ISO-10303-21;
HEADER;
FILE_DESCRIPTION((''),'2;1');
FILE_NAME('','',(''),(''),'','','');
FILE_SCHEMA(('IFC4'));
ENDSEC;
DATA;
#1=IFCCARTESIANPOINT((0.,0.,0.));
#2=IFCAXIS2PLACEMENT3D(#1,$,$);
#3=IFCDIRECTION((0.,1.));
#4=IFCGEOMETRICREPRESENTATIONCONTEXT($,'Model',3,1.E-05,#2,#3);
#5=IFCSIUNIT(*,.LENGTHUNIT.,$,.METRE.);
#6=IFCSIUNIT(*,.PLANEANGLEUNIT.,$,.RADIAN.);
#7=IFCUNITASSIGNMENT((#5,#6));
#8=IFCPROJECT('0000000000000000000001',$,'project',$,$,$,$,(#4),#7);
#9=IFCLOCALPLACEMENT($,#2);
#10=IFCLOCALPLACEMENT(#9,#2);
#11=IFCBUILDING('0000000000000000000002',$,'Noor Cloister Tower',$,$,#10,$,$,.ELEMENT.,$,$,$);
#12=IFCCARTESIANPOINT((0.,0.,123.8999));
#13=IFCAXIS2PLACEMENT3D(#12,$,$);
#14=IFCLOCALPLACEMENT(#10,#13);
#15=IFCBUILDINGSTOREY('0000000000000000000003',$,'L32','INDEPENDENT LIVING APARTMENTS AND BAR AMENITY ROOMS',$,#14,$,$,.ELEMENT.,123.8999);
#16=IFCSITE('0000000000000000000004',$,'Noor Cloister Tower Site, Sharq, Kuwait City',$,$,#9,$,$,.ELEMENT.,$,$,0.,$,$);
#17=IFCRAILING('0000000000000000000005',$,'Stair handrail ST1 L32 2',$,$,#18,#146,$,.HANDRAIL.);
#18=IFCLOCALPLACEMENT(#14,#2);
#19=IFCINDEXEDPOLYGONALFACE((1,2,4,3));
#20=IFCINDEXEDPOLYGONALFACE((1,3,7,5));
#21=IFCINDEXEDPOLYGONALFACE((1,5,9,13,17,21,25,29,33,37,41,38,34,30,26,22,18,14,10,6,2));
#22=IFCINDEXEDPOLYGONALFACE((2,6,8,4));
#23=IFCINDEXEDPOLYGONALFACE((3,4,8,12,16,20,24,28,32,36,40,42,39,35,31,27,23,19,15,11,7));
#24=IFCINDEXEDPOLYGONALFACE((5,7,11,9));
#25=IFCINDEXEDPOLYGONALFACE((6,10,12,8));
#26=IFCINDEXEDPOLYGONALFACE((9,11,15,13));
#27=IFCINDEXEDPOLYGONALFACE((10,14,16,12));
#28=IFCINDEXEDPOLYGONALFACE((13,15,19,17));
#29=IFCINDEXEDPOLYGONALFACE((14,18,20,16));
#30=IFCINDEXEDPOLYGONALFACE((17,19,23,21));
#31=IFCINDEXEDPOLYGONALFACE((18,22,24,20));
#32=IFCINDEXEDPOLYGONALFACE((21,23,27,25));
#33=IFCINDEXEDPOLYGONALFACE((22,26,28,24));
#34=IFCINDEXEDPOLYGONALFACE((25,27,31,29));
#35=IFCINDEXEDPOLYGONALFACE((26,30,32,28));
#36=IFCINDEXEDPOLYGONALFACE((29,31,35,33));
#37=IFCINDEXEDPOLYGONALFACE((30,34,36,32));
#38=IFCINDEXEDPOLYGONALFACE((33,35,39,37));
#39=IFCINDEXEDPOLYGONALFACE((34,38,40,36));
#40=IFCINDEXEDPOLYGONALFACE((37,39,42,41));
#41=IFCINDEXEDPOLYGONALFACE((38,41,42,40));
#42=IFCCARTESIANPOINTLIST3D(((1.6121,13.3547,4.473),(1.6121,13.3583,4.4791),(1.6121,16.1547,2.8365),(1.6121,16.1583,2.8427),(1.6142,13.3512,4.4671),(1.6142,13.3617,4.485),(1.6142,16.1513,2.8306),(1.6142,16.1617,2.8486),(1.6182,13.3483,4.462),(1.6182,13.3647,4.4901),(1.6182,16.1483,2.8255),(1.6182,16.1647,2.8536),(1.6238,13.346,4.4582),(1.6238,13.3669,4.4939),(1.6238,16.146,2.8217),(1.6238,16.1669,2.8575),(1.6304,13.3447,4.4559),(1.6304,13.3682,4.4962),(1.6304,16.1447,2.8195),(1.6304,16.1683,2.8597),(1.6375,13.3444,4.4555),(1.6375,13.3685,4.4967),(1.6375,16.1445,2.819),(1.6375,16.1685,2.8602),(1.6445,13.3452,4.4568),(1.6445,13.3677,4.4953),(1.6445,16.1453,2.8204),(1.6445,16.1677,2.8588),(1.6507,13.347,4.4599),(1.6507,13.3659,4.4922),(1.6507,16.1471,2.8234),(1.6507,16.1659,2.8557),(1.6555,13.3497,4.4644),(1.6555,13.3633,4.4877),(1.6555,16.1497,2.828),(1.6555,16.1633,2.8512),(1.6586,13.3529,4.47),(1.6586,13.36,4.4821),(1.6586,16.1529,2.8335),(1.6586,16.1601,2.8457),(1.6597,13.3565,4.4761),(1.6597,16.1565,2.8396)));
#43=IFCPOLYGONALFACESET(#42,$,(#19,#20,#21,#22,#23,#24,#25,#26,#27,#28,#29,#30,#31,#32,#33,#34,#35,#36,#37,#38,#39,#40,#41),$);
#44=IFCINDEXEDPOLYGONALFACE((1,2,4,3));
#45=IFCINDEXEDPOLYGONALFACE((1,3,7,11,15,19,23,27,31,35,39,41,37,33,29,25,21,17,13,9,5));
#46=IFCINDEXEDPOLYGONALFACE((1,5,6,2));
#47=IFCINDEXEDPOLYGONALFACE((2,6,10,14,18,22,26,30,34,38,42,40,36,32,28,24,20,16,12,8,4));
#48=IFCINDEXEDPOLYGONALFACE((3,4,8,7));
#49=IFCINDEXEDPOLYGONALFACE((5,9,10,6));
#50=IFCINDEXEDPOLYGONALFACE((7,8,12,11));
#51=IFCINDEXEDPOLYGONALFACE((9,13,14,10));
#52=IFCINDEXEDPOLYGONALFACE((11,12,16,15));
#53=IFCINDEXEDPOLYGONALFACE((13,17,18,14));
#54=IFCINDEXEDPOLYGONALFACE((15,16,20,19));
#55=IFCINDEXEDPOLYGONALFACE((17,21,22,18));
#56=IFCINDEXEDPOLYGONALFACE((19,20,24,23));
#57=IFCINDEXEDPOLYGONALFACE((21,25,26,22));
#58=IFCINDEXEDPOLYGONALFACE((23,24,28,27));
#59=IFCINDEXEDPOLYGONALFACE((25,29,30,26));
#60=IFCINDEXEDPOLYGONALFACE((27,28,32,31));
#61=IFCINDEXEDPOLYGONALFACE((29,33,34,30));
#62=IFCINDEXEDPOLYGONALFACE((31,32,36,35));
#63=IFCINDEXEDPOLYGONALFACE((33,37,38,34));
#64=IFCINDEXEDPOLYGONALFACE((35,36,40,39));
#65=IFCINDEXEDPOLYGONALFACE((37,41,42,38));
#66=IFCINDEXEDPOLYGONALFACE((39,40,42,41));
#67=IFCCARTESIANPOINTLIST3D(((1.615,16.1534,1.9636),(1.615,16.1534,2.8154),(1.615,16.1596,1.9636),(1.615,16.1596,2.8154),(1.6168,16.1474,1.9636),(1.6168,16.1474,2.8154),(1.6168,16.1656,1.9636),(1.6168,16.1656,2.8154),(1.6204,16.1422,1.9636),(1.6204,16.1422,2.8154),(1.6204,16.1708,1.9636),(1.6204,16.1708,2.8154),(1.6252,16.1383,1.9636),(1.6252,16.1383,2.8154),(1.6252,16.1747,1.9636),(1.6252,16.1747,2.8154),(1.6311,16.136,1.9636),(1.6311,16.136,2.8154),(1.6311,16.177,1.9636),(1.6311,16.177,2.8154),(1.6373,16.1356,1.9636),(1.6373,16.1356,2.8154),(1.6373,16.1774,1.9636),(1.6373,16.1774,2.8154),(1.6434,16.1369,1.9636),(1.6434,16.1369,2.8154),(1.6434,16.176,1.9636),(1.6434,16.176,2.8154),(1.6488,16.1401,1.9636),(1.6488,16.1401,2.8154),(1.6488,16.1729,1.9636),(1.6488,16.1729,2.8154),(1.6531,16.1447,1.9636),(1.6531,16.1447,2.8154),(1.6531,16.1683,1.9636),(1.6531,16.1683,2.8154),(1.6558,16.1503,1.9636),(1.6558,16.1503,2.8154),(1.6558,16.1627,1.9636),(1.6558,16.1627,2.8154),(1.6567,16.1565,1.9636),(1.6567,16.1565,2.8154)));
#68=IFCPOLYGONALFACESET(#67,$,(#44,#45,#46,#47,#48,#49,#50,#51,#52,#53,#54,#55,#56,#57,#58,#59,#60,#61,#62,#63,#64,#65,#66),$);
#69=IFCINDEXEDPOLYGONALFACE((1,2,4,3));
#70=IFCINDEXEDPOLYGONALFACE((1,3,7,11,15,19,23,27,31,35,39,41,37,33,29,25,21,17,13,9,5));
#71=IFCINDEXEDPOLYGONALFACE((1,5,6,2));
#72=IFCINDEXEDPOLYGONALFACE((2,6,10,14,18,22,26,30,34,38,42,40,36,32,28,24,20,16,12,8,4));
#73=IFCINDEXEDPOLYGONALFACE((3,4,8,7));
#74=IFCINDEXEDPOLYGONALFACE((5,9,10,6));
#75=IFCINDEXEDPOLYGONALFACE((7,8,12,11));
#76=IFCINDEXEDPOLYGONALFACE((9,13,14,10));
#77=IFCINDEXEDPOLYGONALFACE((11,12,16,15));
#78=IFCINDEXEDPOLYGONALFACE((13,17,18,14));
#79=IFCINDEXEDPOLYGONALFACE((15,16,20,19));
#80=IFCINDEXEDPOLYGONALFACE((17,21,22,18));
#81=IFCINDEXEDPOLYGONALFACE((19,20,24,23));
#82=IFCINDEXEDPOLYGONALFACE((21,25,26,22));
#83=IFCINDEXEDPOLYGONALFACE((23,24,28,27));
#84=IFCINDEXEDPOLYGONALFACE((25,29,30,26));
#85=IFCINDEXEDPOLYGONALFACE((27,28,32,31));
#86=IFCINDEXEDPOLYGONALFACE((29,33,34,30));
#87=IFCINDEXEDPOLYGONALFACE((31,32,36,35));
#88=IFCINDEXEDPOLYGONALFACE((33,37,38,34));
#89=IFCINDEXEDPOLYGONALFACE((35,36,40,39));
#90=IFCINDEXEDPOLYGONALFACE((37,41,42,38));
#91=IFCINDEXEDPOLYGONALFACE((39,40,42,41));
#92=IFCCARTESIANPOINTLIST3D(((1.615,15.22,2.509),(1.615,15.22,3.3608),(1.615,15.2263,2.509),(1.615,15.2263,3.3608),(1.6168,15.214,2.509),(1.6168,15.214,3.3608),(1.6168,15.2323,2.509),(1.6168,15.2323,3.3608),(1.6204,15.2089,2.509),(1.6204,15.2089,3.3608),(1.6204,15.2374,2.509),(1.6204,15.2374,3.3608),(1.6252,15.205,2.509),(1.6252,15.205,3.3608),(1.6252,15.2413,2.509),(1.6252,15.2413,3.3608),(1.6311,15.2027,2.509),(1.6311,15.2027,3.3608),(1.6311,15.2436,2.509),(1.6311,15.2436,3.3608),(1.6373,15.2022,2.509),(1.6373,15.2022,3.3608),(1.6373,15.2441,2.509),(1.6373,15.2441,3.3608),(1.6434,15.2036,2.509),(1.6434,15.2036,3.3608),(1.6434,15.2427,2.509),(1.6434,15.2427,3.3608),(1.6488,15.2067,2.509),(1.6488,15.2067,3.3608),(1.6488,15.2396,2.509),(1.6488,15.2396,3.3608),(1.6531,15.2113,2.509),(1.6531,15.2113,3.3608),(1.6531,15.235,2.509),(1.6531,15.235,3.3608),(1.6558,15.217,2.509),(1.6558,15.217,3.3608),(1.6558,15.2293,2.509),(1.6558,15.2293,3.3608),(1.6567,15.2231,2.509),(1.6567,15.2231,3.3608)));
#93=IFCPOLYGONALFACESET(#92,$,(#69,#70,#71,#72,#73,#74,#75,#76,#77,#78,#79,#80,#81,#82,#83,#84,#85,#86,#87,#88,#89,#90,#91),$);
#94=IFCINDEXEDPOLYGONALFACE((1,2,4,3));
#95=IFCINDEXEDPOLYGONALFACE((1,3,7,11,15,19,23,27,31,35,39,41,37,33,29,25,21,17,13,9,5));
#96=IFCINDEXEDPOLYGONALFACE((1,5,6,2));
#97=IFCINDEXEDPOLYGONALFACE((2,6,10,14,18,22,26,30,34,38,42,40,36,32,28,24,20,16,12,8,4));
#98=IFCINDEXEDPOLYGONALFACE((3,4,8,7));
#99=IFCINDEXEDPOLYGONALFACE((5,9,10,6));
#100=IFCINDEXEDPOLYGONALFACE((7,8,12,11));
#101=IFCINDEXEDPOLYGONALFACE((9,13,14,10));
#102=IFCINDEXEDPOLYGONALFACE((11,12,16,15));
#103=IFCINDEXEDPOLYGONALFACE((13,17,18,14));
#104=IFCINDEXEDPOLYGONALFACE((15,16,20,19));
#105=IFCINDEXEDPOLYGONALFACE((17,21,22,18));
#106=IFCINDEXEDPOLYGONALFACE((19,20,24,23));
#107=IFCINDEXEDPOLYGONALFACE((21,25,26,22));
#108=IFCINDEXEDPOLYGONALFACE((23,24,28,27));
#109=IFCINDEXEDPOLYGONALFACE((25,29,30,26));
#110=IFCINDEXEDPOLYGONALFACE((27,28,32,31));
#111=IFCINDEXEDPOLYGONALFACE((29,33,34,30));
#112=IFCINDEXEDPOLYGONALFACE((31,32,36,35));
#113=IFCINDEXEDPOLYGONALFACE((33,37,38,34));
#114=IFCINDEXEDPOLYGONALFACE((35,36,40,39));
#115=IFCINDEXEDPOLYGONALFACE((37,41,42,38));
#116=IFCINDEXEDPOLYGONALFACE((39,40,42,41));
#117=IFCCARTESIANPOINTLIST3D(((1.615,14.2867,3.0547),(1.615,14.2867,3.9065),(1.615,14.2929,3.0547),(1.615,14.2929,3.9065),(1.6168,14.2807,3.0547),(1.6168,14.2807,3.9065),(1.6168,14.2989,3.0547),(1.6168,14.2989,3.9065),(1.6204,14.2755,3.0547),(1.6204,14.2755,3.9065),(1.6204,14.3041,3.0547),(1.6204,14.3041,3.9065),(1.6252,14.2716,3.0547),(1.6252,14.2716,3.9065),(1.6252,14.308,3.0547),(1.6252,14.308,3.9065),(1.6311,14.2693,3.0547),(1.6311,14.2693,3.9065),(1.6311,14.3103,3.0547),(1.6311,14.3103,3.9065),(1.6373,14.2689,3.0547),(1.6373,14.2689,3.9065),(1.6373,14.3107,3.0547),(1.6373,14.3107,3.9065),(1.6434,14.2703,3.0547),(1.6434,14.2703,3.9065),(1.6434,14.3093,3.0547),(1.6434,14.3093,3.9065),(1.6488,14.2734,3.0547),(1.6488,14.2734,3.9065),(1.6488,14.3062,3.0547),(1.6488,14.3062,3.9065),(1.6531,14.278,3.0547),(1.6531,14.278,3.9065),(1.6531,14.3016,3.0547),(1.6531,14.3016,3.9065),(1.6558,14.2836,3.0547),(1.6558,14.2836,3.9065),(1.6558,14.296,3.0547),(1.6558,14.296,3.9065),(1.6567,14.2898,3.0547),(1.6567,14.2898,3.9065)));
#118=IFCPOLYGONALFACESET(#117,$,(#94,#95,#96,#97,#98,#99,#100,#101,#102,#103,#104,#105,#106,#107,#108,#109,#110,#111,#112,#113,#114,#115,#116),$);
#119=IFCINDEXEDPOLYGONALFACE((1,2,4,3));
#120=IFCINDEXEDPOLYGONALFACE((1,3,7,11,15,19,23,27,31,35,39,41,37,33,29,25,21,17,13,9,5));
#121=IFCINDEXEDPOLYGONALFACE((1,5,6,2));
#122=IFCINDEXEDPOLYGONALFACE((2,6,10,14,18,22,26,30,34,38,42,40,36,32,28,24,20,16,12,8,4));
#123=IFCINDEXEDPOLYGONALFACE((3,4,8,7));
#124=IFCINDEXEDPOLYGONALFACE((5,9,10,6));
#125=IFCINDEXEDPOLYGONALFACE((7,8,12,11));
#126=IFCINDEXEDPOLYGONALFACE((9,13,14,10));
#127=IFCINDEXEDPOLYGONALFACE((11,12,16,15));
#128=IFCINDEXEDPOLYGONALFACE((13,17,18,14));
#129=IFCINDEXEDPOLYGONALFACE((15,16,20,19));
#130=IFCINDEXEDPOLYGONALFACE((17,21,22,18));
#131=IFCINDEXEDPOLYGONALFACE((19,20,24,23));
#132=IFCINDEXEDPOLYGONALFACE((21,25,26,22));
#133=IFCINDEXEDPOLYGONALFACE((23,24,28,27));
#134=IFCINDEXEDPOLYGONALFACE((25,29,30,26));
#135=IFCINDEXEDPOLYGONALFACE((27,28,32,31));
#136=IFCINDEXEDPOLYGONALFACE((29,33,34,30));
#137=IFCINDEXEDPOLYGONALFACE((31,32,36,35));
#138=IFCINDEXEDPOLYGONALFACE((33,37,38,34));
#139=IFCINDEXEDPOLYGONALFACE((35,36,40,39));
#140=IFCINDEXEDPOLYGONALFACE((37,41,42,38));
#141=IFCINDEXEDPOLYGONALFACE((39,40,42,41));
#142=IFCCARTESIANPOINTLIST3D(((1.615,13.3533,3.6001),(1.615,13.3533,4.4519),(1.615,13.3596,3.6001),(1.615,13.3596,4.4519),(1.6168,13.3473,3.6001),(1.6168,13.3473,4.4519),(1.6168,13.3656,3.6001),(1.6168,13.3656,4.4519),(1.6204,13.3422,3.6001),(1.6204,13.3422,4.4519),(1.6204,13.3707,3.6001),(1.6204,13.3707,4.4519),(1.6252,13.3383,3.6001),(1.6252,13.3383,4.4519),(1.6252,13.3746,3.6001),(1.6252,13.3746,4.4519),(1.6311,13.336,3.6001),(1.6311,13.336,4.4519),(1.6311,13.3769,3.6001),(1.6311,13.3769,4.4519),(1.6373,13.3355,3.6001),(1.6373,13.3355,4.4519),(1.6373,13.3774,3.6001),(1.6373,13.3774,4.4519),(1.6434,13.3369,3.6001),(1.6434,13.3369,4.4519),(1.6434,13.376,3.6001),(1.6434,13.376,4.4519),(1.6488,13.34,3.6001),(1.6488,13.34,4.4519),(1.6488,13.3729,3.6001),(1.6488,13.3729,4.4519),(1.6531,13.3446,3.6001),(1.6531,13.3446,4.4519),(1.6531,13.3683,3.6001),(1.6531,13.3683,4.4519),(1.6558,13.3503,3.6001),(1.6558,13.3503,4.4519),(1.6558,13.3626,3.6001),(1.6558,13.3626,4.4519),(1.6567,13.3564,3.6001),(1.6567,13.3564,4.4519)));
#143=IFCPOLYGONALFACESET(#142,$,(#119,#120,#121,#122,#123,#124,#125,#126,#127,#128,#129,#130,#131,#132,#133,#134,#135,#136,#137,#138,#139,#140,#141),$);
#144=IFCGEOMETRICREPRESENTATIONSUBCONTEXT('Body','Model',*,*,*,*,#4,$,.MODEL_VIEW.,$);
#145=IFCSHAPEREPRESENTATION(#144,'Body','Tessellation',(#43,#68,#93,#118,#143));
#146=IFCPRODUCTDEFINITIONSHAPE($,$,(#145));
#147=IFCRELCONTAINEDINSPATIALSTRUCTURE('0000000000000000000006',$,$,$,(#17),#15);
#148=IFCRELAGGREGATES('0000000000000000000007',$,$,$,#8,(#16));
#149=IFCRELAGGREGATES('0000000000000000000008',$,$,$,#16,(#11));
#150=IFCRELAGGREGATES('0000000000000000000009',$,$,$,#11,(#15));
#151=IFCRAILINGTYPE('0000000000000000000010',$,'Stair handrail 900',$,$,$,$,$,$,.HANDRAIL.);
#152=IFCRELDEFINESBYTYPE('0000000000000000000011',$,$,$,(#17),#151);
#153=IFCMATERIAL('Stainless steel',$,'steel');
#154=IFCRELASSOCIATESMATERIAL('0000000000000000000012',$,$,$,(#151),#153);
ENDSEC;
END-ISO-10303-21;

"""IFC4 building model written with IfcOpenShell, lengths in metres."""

from ifc_helpers import new_model, si_unit, direction, frame, origin, origin_2d, place, context, subcontext, project, spatial, circle, extrude, material, type_object, element, save


model = new_model("IFC4")

# Units and contexts
model_context = context("Model", 3, precision=1e-05, world=origin(), true_north=direction((0.0, 1.0)))
body_context = subcontext(model_context, "Body", "Model", "MODEL_VIEW")
ifc_project = project(units=[si_unit("LENGTHUNIT", "METRE"), si_unit("PLANEANGLEUNIT", "RADIAN")], contexts=[model_context])

# Site, building, storey
site_placement = place(None, origin())
site = spatial("IfcSite", under=ifc_project, at=site_placement, Name="Noor Cloister Tower Site, Sharq, Kuwait City", CompositionType="ELEMENT", RefElevation=0.0)
building_placement = place(site_placement, origin())
building = spatial("IfcBuilding", under=site, at=building_placement, Name="Noor Cloister Tower", CompositionType="ELEMENT")
storey_placement = place(building_placement, frame((0.0, 0.0, 123.8999)))
storey = spatial("IfcBuildingStorey", under=building, at=storey_placement, Name="L32", Description="INDEPENDENT LIVING APARTMENTS AND BAR AMENITY ROOMS", CompositionType="ELEMENT", Elevation=123.8999)

# Railing
ifc_material_1 = material(Name="Stainless steel", Category="steel")
railing_type_1 = type_object("IfcRailingType", Name="Stair handrail 900", PredefinedType="HANDRAIL", material=ifc_material_1)
railing_1_placement = place(storey_placement, frame((1.6357, 16.1565, 1.9636)))
element("IfcRailing", 1, at=railing_1_placement, inside=storey, type_object=railing_type_1, Name="Stair handrail ST1 L32 2", PredefinedType="HANDRAIL", context=body_context, shape_type="SweptSolid", body=[
    extrude(circle(Radius=0.0239, at=origin_2d()), frame((0.0, 0.0, 0.876), z_axis=(0.0, -0.863361, 0.504587), x_axis=(1.0, 0.0, 0.0)), (0.0, 0.0, 1.0), 3.2432),
    extrude(circle(Radius=0.021, at=origin_2d()), origin(), (0.0, 0.0, 1.0), 0.8518),
    extrude(circle(Radius=0.021, at=origin_2d()), frame((0.0, -0.9333, 0.5454)), (0.0, 0.0, 1.0), 0.8518),
    extrude(circle(Radius=0.021, at=origin_2d()), frame((0.0, -1.8667, 1.0911)), (0.0, 0.0, 1.0), 0.8518),
    extrude(circle(Radius=0.021, at=origin_2d()), frame((0.0, -2.8, 1.6365)), (0.0, 0.0, 1.0), 0.8518),
])

save(model, "model.ifc")
